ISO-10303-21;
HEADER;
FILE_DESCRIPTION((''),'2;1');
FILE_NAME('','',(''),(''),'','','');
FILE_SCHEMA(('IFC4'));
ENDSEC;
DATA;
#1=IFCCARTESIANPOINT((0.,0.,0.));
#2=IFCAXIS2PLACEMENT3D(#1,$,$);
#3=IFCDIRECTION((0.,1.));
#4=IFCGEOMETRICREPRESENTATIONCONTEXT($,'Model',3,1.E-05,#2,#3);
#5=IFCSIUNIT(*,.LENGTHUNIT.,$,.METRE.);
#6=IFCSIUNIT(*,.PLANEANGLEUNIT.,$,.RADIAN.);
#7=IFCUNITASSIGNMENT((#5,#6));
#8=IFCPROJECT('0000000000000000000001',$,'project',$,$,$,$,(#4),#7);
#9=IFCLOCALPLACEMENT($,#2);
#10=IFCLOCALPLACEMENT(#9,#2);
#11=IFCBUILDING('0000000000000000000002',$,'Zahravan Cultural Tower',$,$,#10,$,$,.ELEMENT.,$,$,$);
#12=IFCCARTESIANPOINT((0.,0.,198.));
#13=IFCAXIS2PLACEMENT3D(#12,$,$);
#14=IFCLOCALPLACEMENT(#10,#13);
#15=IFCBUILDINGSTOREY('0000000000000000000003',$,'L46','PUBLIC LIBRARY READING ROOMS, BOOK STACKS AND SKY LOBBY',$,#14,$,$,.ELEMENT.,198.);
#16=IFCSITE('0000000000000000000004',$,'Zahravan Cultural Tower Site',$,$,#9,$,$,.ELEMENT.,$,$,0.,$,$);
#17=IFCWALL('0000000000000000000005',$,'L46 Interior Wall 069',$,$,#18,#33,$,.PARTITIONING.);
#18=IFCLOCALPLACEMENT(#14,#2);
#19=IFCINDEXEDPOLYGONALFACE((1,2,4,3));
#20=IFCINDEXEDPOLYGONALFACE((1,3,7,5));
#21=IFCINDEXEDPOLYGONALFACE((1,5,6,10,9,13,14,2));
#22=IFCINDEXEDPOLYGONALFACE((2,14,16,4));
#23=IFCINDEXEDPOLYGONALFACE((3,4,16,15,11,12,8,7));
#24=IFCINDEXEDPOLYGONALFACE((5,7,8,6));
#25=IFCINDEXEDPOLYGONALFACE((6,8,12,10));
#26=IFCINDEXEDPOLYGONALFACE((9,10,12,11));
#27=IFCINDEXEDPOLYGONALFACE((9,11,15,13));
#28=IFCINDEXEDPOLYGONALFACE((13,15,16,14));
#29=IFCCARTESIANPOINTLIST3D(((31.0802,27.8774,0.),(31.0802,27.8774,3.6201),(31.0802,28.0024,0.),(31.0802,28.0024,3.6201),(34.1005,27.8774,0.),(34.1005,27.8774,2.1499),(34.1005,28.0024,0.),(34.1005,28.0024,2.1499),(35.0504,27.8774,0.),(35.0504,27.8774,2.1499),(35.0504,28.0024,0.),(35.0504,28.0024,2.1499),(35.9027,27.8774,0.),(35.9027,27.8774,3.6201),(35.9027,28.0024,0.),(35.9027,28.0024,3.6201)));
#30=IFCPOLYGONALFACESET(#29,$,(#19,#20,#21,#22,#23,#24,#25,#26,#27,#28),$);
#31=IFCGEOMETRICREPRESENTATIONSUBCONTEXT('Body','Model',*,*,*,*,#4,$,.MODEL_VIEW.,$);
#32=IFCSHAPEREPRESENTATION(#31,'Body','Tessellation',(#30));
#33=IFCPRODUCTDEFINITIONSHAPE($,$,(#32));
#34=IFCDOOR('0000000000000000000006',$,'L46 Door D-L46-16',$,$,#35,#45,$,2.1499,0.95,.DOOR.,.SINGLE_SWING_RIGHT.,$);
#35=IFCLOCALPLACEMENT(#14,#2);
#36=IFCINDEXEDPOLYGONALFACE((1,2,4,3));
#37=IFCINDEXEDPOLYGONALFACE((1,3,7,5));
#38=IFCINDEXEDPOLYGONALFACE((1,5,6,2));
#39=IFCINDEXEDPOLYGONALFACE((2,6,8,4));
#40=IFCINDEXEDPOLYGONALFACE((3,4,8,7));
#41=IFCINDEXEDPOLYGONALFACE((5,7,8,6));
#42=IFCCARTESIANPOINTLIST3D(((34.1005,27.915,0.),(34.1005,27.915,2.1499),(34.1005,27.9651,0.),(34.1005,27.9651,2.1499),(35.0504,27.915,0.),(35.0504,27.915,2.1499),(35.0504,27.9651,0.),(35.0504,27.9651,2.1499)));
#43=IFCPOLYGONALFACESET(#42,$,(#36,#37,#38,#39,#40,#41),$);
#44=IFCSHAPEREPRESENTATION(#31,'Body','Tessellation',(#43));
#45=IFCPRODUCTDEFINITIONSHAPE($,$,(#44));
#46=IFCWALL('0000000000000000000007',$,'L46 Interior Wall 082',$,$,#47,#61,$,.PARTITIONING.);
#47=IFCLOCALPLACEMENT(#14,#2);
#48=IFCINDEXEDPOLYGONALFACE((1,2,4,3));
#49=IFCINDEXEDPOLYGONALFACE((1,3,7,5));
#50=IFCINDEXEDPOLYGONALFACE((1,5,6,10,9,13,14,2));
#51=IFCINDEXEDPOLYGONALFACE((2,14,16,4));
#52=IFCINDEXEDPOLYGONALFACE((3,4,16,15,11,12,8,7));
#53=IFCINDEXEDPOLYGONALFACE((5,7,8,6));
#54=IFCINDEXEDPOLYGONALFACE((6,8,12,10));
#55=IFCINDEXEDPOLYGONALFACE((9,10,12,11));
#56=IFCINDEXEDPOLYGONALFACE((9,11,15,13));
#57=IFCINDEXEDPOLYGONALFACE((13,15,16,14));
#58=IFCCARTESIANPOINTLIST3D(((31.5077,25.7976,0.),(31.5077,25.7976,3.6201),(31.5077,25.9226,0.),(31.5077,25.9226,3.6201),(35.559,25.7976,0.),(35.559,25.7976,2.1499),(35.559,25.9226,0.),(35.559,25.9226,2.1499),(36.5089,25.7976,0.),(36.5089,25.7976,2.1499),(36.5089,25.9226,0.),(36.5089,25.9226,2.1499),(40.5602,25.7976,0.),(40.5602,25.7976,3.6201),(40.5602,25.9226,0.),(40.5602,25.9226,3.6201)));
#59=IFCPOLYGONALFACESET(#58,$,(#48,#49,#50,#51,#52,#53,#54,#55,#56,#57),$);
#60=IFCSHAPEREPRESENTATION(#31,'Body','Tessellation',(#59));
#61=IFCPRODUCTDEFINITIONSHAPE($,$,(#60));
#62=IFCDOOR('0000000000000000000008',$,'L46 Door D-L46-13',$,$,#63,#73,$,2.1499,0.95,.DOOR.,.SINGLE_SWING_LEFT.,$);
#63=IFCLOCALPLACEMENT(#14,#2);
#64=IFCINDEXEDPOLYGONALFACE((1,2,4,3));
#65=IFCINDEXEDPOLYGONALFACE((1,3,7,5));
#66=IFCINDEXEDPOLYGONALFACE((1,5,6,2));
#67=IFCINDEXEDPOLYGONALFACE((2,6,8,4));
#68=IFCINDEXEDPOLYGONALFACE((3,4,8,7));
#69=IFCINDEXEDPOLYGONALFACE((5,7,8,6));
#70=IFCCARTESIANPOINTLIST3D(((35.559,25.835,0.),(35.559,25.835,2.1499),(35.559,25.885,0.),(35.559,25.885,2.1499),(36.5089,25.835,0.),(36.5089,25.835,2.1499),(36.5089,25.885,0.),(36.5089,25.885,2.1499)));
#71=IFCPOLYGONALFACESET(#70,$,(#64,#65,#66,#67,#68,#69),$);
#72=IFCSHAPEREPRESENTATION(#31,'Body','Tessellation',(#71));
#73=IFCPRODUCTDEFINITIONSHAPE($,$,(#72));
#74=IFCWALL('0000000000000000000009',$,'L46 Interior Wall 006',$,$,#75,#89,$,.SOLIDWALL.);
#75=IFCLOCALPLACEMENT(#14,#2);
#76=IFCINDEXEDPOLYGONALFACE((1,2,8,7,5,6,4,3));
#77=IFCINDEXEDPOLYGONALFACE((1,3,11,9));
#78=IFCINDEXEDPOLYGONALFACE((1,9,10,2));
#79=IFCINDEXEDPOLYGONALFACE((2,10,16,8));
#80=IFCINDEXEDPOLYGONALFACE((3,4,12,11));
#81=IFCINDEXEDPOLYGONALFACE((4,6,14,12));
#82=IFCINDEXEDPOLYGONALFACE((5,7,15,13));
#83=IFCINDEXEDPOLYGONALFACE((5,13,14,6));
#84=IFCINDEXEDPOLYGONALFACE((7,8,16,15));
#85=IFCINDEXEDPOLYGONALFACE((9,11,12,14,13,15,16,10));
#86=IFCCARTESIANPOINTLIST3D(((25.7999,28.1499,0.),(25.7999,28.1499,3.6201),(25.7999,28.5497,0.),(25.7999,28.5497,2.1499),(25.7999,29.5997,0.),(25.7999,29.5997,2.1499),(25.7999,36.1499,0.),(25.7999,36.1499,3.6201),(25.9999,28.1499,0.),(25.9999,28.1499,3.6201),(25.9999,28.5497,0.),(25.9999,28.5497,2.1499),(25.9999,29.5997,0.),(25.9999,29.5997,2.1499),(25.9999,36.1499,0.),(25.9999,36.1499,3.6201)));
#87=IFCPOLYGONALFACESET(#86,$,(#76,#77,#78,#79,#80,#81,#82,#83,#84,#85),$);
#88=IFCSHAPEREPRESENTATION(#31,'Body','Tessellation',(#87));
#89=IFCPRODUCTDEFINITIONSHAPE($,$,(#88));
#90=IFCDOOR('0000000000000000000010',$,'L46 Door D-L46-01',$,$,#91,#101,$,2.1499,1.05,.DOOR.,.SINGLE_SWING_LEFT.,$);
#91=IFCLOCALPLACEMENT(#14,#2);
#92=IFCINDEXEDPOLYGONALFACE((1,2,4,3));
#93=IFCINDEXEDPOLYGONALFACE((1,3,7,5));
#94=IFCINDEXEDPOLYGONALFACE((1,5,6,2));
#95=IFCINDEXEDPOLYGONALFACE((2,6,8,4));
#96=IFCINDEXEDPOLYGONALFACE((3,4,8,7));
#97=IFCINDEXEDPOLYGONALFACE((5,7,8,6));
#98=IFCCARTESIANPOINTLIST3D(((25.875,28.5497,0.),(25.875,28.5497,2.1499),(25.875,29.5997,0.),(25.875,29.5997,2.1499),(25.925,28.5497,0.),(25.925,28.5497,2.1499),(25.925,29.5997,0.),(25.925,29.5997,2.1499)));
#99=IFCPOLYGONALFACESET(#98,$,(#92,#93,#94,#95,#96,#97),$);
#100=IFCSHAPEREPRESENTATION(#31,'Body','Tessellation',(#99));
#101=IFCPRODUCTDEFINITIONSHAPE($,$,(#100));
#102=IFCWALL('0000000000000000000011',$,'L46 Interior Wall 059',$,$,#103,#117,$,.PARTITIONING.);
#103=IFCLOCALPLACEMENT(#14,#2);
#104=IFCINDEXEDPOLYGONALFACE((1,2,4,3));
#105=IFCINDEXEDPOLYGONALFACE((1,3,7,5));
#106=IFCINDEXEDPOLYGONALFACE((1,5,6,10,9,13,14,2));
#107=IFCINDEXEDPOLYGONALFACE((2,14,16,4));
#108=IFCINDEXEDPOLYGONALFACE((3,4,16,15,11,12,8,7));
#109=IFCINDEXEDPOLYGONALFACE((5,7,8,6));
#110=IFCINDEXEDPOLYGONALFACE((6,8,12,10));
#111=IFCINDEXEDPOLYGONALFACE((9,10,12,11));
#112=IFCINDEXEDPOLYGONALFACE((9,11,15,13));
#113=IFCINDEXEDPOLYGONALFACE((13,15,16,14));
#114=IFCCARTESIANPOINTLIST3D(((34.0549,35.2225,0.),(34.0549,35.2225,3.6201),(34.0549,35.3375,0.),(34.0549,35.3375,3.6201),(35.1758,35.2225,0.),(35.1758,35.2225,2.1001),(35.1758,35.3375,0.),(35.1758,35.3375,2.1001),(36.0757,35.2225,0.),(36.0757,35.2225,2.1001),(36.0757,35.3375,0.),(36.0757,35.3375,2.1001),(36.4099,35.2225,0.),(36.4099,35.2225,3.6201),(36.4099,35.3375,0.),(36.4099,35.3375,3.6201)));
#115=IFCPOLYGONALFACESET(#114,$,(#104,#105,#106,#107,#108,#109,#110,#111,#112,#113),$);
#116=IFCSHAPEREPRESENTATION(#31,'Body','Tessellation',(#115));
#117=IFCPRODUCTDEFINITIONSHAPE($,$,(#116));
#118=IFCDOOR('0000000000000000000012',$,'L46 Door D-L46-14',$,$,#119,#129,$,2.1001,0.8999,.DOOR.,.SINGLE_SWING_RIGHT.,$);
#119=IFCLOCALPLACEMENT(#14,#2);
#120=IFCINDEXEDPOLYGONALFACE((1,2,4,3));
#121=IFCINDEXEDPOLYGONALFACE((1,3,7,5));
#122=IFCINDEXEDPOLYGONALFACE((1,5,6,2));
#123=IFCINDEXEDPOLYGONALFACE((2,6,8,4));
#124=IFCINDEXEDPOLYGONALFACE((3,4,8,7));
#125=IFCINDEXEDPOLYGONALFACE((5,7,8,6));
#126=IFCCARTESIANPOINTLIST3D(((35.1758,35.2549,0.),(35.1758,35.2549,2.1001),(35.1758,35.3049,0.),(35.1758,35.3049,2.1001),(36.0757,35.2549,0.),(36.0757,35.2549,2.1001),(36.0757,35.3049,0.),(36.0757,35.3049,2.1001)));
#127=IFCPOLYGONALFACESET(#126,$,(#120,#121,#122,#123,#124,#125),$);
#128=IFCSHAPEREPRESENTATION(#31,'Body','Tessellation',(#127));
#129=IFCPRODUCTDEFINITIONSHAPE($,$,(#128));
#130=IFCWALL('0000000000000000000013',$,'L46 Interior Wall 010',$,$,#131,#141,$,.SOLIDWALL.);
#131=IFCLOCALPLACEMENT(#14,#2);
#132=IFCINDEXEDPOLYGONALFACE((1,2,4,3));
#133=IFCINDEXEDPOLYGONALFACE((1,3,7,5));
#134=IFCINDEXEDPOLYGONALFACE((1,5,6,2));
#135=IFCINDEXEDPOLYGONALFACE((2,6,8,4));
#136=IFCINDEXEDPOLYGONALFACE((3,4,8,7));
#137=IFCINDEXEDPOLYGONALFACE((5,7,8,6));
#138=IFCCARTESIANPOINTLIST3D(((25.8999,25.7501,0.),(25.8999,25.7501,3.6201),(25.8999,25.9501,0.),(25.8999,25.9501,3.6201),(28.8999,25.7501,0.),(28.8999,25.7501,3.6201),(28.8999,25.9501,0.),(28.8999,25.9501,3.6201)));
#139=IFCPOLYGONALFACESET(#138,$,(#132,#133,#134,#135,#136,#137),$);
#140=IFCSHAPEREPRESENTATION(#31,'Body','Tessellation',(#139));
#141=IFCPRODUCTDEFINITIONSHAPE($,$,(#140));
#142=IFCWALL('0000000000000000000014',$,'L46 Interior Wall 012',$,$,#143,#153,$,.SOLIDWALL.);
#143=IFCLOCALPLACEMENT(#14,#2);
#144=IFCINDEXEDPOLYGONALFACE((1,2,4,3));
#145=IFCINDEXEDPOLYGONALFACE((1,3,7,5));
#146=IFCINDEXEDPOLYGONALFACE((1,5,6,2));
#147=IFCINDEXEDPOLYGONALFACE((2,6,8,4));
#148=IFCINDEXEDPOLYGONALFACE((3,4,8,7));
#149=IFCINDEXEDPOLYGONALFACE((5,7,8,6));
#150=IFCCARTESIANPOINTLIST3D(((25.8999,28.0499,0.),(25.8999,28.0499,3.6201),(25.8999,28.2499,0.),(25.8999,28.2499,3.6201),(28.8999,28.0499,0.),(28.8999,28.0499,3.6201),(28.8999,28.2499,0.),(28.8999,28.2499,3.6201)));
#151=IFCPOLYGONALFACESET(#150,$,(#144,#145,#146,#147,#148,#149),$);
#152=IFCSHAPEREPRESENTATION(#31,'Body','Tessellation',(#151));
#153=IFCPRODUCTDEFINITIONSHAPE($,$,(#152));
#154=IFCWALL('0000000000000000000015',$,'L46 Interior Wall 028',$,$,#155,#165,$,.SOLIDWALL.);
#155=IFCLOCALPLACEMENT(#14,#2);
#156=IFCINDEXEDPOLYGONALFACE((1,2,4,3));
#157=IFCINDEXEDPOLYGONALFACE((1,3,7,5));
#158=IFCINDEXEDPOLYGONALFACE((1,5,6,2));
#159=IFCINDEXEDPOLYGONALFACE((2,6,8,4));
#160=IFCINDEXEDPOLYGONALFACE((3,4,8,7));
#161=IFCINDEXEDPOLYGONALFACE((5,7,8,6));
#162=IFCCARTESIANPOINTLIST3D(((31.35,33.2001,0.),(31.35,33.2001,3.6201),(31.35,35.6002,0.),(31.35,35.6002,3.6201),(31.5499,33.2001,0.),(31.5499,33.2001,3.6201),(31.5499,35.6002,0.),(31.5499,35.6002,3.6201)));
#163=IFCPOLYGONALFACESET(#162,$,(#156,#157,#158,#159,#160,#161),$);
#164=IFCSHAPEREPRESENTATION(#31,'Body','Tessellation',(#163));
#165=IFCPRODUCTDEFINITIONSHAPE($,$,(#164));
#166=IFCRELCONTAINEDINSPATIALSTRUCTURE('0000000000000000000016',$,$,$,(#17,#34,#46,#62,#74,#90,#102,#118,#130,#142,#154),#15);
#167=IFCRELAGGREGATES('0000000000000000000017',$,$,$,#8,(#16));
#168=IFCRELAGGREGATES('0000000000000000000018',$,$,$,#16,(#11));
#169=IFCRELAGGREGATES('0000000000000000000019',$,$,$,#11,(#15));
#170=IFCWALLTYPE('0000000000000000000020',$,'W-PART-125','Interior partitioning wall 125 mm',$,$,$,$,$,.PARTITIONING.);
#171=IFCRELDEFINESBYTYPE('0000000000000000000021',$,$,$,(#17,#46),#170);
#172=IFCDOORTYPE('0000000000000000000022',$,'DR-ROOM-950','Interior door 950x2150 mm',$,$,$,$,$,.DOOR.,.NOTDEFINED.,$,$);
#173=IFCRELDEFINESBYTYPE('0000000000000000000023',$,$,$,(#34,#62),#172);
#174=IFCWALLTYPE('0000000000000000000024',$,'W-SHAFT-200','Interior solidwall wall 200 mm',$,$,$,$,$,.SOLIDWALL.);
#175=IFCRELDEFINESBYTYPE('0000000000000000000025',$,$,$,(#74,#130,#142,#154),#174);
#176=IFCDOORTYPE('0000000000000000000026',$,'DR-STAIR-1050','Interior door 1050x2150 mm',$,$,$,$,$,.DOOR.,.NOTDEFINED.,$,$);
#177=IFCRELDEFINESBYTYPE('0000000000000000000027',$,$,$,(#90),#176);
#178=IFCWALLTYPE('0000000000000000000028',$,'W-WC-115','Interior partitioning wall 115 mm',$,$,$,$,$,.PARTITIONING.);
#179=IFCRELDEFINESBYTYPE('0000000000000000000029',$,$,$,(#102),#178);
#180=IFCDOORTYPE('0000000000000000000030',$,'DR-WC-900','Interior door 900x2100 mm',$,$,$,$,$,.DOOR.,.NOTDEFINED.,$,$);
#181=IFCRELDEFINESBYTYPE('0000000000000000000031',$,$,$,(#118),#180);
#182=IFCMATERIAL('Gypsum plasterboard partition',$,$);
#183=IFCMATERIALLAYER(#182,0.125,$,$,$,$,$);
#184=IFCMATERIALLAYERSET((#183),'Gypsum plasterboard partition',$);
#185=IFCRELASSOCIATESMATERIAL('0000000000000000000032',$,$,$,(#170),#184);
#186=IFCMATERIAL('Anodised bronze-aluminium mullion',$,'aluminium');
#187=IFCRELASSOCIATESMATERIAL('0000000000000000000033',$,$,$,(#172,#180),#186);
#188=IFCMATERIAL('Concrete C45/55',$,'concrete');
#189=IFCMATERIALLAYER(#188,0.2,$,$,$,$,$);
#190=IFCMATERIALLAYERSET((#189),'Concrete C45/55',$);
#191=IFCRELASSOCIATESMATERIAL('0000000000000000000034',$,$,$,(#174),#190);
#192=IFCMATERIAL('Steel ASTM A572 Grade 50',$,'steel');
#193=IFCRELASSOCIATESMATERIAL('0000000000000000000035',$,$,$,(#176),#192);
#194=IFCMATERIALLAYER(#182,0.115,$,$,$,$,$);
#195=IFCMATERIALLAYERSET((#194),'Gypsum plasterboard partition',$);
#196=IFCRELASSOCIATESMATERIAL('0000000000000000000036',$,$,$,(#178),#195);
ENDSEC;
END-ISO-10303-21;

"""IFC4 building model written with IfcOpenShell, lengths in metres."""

from ifc_helpers import new_model, si_unit, direction, frame, frame_2d, origin, place, context, subcontext, project, spatial, rectangle, extrude, source, transform, mapped, material, layer, layer_set, type_object, element, fill, save


model = new_model("IFC4")

# Units and contexts
model_context = context("Model", 3, precision=1e-05, world=origin(), true_north=direction((0.0, 1.0)))
body_context = subcontext(model_context, "Body", "Model", "MODEL_VIEW")
ifc_project = project(units=[si_unit("LENGTHUNIT", "METRE"), si_unit("PLANEANGLEUNIT", "RADIAN")], contexts=[model_context])

# Site, building, storey
site_placement = place(None, origin())
site = spatial("IfcSite", under=ifc_project, at=site_placement, Name="Zahravan Cultural Tower Site", CompositionType="ELEMENT", RefElevation=0.0)
building_placement = place(site_placement, origin())
building = spatial("IfcBuilding", under=site, at=building_placement, Name="Zahravan Cultural Tower", CompositionType="ELEMENT")
storey_placement = place(building_placement, frame((0.0, 0.0, 198.0)))
storey = spatial("IfcBuildingStorey", under=building, at=storey_placement, Name="L46", Description="PUBLIC LIBRARY READING ROOMS, BOOK STACKS AND SKY LOBBY", CompositionType="ELEMENT", Elevation=198.0)

# Walls, openings, doors
ifc_material_1 = material(Name="Steel ASTM A572 Grade 50", Category="steel")
ifc_material_2 = material(Name="Gypsum plasterboard partition")
ifc_layer_1 = layer(ifc_material_2, 0.125)
ifc_layer_set_1 = layer_set([ifc_layer_1], Name="Gypsum plasterboard partition")
wall_type_1 = type_object("IfcWallType", Name="W-PART-125", Description="Interior partitioning wall 125 mm", PredefinedType="PARTITIONING", material=ifc_layer_set_1)
wall_1_placement = place(storey_placement, frame((35.9026, 27.9399, 0.0), z_axis=(0.0, 0.0, 1.0), x_axis=(-1.0, 0.0, 0.0)))
wall_1 = element("IfcWall", 1, at=wall_1_placement, inside=storey, type_object=wall_type_1, Name="L46 Interior Wall 069", PredefinedType="PARTITIONING", context=body_context, shape_type="SweptSolid", body=[
    extrude(rectangle(XDim=4.8225, YDim=0.125, at=frame_2d((2.4111, 0.0))), origin(), (0.0, 0.0, 1.0), 3.6201),
])
opening_1_placement = place(wall_1_placement, frame((0.8521, 0.0, 0.0)))
opening_1 = element("IfcOpeningElement", 2, at=opening_1_placement, cuts=wall_1, PredefinedType="OPENING", context=body_context, shape_type="SweptSolid", body=[
    extrude(rectangle(XDim=0.95, YDim=2.1499, at=frame_2d((0.4751, 1.075))), frame((0.0, 0.0725, 0.0), z_axis=(0.0, -1.0, 0.0), x_axis=(1.0, 0.0, 0.0)), (0.0, 0.0, 1.0), 0.145),
])
ifc_material_3 = material(Name="Anodised bronze-aluminium mullion", Category="aluminium")
door_type_1 = type_object("IfcDoorType", Name="DR-ROOM-950", Description="Interior door 950x2150 mm", OperationType="NOTDEFINED", PredefinedType="DOOR", material=ifc_material_3)
shared_shape_1 = source(origin(), body_context, "Body", "SweptSolid", [
    extrude(rectangle(XDim=0.95, YDim=2.1499, at=frame_2d((0.4751, 1.075))), frame((0.0, 0.0249, 0.0), z_axis=(0.0, -1.0, 0.0), x_axis=(1.0, 0.0, 0.0)), (0.0, 0.0, 1.0), 0.05),
])
door_1_placement = place(opening_1_placement, origin())
door_1 = element("IfcDoor", 3, at=door_1_placement, inside=storey, type_object=door_type_1, Name="L46 Door D-L46-16", OperationType="SINGLE_SWING_RIGHT", OverallHeight=2.1499, OverallWidth=0.95, PredefinedType="DOOR", context=body_context, shape_type="MappedRepresentation", body=[
    mapped(shared_shape_1, transform((0.0, 0.0, 0.0), x_axis=(1.0, 0.0, 0.0), y_axis=(0.0, 1.0, 0.0), z_axis=(0.0, 0.0, 1.0), scale=1.0)),
])
fill(opening_1, door_1)
wall_2_placement = place(storey_placement, frame((31.5076, 25.8601, 0.0), z_axis=(0.0, 0.0, 1.0), x_axis=(1.0, 0.0, 0.0)))
wall_2 = element("IfcWall", 4, at=wall_2_placement, inside=storey, type_object=wall_type_1, Name="L46 Interior Wall 082", PredefinedType="PARTITIONING", context=body_context, shape_type="SweptSolid", body=[
    extrude(rectangle(XDim=9.0525, YDim=0.125, at=frame_2d((4.5264, 0.0))), origin(), (0.0, 0.0, 1.0), 3.6201),
])
opening_2_placement = place(wall_2_placement, frame((4.0513, 0.0, 0.0)))
opening_2 = element("IfcOpeningElement", 5, at=opening_2_placement, cuts=wall_2, PredefinedType="OPENING", context=body_context, shape_type="SweptSolid", body=[
    extrude(rectangle(XDim=0.95, YDim=2.1499, at=frame_2d((0.4751, 1.075))), frame((0.0, 0.0725, 0.0), z_axis=(0.0, -1.0, 0.0), x_axis=(1.0, 0.0, 0.0)), (0.0, 0.0, 1.0), 0.145),
])
door_2_placement = place(opening_2_placement, origin())
door_2 = element("IfcDoor", 6, at=door_2_placement, inside=storey, type_object=door_type_1, Name="L46 Door D-L46-13", OperationType="SINGLE_SWING_LEFT", OverallHeight=2.1499, OverallWidth=0.95, PredefinedType="DOOR", context=body_context, shape_type="MappedRepresentation", body=[
    mapped(shared_shape_1, transform((0.0, 0.0, 0.0), x_axis=(1.0, 0.0, 0.0), y_axis=(0.0, 1.0, 0.0), z_axis=(0.0, 0.0, 1.0), scale=1.0)),
])
fill(opening_2, door_2)
ifc_material_4 = material(Name="Concrete C45/55", Category="concrete")
ifc_layer_2 = layer(ifc_material_4, 0.2)
ifc_layer_set_2 = layer_set([ifc_layer_2], Name="Concrete C45/55")
wall_type_2 = type_object("IfcWallType", Name="W-SHAFT-200", Description="Interior solidwall wall 200 mm", PredefinedType="SOLIDWALL", material=ifc_layer_set_2)
wall_3_placement = place(storey_placement, frame((25.8999, 28.1499, 0.0), z_axis=(0.0, 0.0, 1.0), x_axis=(0.0, 1.0, 0.0)))
wall_3 = element("IfcWall", 7, at=wall_3_placement, inside=storey, type_object=wall_type_2, Name="L46 Interior Wall 006", PredefinedType="SOLIDWALL", context=body_context, shape_type="SweptSolid", body=[
    extrude(rectangle(XDim=8.0, YDim=0.2, at=frame_2d((4.0, 0.0))), origin(), (0.0, 0.0, 1.0), 3.6201),
])
opening_3_placement = place(wall_3_placement, frame((0.3999, 0.0, 0.0)))
opening_3 = element("IfcOpeningElement", 8, at=opening_3_placement, cuts=wall_3, PredefinedType="OPENING", context=body_context, shape_type="SweptSolid", body=[
    extrude(rectangle(XDim=1.05, YDim=2.1499, at=frame_2d((0.5249, 1.075))), frame((0.0, 0.1099, 0.0), z_axis=(0.0, -1.0, 0.0), x_axis=(1.0, 0.0, 0.0)), (0.0, 0.0, 1.0), 0.22),
])
door_type_2 = type_object("IfcDoorType", Name="DR-STAIR-1050", Description="Interior door 1050x2150 mm", OperationType="NOTDEFINED", PredefinedType="DOOR", material=ifc_material_1)
shared_shape_2 = source(origin(), body_context, "Body", "SweptSolid", [
    extrude(rectangle(XDim=1.05, YDim=2.1499, at=frame_2d((0.5249, 1.075))), frame((0.0, 0.0249, 0.0), z_axis=(0.0, -1.0, 0.0), x_axis=(1.0, 0.0, 0.0)), (0.0, 0.0, 1.0), 0.05),
])
door_3_placement = place(opening_3_placement, origin())
door_3 = element("IfcDoor", 9, at=door_3_placement, inside=storey, type_object=door_type_2, Name="L46 Door D-L46-01", OperationType="SINGLE_SWING_LEFT", OverallHeight=2.1499, OverallWidth=1.05, PredefinedType="DOOR", context=body_context, shape_type="MappedRepresentation", body=[
    mapped(shared_shape_2, transform((0.0, 0.0, 0.0), x_axis=(1.0, 0.0, 0.0), y_axis=(0.0, 1.0, 0.0), z_axis=(0.0, 0.0, 1.0), scale=1.0)),
])
fill(opening_3, door_3)
ifc_layer_3 = layer(ifc_material_2, 0.115)
ifc_layer_set_3 = layer_set([ifc_layer_3], Name="Gypsum plasterboard partition")
wall_type_3 = type_object("IfcWallType", Name="W-WC-115", Description="Interior partitioning wall 115 mm", PredefinedType="PARTITIONING", material=ifc_layer_set_3)
wall_4_placement = place(storey_placement, frame((34.0549, 35.28, 0.0), z_axis=(0.0, 0.0, 1.0), x_axis=(1.0, 0.0, 0.0)))
wall_4 = element("IfcWall", 10, at=wall_4_placement, inside=storey, type_object=wall_type_3, Name="L46 Interior Wall 059", PredefinedType="PARTITIONING", context=body_context, shape_type="SweptSolid", body=[
    extrude(rectangle(XDim=2.355, YDim=0.115, at=frame_2d((1.1775, 0.0))), origin(), (0.0, 0.0, 1.0), 3.6201),
])
opening_4_placement = place(wall_4_placement, frame((1.1208, 0.0, 0.0)))
opening_4 = element("IfcOpeningElement", 11, at=opening_4_placement, cuts=wall_4, PredefinedType="OPENING", context=body_context, shape_type="SweptSolid", body=[
    extrude(rectangle(XDim=0.8999, YDim=2.1001, at=frame_2d((0.45, 1.05))), frame((0.0, 0.0674, 0.0), z_axis=(0.0, -1.0, 0.0), x_axis=(1.0, 0.0, 0.0)), (0.0, 0.0, 1.0), 0.135),
])
door_type_3 = type_object("IfcDoorType", Name="DR-WC-900", Description="Interior door 900x2100 mm", OperationType="NOTDEFINED", PredefinedType="DOOR", material=ifc_material_3)
shared_shape_3 = source(origin(), body_context, "Body", "SweptSolid", [
    extrude(rectangle(XDim=0.8999, YDim=2.1001, at=frame_2d((0.45, 1.05))), frame((0.0, 0.0249, 0.0), z_axis=(0.0, -1.0, 0.0), x_axis=(1.0, 0.0, 0.0)), (0.0, 0.0, 1.0), 0.05),
])
door_4_placement = place(opening_4_placement, origin())
door_4 = element("IfcDoor", 12, at=door_4_placement, inside=storey, type_object=door_type_3, Name="L46 Door D-L46-14", OperationType="SINGLE_SWING_RIGHT", OverallHeight=2.1001, OverallWidth=0.8999, PredefinedType="DOOR", context=body_context, shape_type="MappedRepresentation", body=[
    mapped(shared_shape_3, transform((0.0, 0.0, 0.0), x_axis=(1.0, 0.0, 0.0), y_axis=(0.0, 1.0, 0.0), z_axis=(0.0, 0.0, 1.0), scale=1.0)),
])
fill(opening_4, door_4)

# Walls
shared_shape_4 = source(origin(), body_context, "Body", "SweptSolid", [
    extrude(rectangle(XDim=3.0, YDim=0.2, at=frame_2d((1.5, 0.0))), origin(), (0.0, 0.0, 1.0), 3.6201),
])
for number, where, z_axis, x_axis, name in (
    (13, (25.8999, 25.8501, 0.0), (0.0, 0.0, 1.0), (1.0, 0.0, 0.0), "L46 Interior Wall 010"),
    (14, (25.8999, 28.1499, 0.0), (0.0, 0.0, 1.0), (1.0, 0.0, 0.0), "L46 Interior Wall 012"),
):
    element("IfcWall", number, at=place(storey_placement, frame(where, z_axis=z_axis, x_axis=x_axis)), inside=storey, type_object=wall_type_2, Name=name, PredefinedType="SOLIDWALL", context=body_context, shape_type="MappedRepresentation", body=[
        mapped(shared_shape_4, transform((0.0, 0.0, 0.0), x_axis=(1.0, 0.0, 0.0), y_axis=(0.0, 1.0, 0.0), z_axis=(0.0, 0.0, 1.0), scale=1.0)),
    ])
shared_shape_5 = source(origin(), body_context, "Body", "SweptSolid", [
    extrude(rectangle(XDim=2.4001, YDim=0.2, at=frame_2d((1.2002, 0.0))), origin(), (0.0, 0.0, 1.0), 3.6201),
])
for number, where, z_axis, x_axis, name in (
    (15, (31.45, 33.2, 0.0), (0.0, 0.0, 1.0), (0.0, 1.0, 0.0), "L46 Interior Wall 028"),
):
    element("IfcWall", number, at=place(storey_placement, frame(where, z_axis=z_axis, x_axis=x_axis)), inside=storey, type_object=wall_type_2, Name=name, PredefinedType="SOLIDWALL", context=body_context, shape_type="MappedRepresentation", body=[
        mapped(shared_shape_5, transform((0.0, 0.0, 0.0), x_axis=(1.0, 0.0, 0.0), y_axis=(0.0, 1.0, 0.0), z_axis=(0.0, 0.0, 1.0), scale=1.0)),
    ])

save(model, "model.ifc")
